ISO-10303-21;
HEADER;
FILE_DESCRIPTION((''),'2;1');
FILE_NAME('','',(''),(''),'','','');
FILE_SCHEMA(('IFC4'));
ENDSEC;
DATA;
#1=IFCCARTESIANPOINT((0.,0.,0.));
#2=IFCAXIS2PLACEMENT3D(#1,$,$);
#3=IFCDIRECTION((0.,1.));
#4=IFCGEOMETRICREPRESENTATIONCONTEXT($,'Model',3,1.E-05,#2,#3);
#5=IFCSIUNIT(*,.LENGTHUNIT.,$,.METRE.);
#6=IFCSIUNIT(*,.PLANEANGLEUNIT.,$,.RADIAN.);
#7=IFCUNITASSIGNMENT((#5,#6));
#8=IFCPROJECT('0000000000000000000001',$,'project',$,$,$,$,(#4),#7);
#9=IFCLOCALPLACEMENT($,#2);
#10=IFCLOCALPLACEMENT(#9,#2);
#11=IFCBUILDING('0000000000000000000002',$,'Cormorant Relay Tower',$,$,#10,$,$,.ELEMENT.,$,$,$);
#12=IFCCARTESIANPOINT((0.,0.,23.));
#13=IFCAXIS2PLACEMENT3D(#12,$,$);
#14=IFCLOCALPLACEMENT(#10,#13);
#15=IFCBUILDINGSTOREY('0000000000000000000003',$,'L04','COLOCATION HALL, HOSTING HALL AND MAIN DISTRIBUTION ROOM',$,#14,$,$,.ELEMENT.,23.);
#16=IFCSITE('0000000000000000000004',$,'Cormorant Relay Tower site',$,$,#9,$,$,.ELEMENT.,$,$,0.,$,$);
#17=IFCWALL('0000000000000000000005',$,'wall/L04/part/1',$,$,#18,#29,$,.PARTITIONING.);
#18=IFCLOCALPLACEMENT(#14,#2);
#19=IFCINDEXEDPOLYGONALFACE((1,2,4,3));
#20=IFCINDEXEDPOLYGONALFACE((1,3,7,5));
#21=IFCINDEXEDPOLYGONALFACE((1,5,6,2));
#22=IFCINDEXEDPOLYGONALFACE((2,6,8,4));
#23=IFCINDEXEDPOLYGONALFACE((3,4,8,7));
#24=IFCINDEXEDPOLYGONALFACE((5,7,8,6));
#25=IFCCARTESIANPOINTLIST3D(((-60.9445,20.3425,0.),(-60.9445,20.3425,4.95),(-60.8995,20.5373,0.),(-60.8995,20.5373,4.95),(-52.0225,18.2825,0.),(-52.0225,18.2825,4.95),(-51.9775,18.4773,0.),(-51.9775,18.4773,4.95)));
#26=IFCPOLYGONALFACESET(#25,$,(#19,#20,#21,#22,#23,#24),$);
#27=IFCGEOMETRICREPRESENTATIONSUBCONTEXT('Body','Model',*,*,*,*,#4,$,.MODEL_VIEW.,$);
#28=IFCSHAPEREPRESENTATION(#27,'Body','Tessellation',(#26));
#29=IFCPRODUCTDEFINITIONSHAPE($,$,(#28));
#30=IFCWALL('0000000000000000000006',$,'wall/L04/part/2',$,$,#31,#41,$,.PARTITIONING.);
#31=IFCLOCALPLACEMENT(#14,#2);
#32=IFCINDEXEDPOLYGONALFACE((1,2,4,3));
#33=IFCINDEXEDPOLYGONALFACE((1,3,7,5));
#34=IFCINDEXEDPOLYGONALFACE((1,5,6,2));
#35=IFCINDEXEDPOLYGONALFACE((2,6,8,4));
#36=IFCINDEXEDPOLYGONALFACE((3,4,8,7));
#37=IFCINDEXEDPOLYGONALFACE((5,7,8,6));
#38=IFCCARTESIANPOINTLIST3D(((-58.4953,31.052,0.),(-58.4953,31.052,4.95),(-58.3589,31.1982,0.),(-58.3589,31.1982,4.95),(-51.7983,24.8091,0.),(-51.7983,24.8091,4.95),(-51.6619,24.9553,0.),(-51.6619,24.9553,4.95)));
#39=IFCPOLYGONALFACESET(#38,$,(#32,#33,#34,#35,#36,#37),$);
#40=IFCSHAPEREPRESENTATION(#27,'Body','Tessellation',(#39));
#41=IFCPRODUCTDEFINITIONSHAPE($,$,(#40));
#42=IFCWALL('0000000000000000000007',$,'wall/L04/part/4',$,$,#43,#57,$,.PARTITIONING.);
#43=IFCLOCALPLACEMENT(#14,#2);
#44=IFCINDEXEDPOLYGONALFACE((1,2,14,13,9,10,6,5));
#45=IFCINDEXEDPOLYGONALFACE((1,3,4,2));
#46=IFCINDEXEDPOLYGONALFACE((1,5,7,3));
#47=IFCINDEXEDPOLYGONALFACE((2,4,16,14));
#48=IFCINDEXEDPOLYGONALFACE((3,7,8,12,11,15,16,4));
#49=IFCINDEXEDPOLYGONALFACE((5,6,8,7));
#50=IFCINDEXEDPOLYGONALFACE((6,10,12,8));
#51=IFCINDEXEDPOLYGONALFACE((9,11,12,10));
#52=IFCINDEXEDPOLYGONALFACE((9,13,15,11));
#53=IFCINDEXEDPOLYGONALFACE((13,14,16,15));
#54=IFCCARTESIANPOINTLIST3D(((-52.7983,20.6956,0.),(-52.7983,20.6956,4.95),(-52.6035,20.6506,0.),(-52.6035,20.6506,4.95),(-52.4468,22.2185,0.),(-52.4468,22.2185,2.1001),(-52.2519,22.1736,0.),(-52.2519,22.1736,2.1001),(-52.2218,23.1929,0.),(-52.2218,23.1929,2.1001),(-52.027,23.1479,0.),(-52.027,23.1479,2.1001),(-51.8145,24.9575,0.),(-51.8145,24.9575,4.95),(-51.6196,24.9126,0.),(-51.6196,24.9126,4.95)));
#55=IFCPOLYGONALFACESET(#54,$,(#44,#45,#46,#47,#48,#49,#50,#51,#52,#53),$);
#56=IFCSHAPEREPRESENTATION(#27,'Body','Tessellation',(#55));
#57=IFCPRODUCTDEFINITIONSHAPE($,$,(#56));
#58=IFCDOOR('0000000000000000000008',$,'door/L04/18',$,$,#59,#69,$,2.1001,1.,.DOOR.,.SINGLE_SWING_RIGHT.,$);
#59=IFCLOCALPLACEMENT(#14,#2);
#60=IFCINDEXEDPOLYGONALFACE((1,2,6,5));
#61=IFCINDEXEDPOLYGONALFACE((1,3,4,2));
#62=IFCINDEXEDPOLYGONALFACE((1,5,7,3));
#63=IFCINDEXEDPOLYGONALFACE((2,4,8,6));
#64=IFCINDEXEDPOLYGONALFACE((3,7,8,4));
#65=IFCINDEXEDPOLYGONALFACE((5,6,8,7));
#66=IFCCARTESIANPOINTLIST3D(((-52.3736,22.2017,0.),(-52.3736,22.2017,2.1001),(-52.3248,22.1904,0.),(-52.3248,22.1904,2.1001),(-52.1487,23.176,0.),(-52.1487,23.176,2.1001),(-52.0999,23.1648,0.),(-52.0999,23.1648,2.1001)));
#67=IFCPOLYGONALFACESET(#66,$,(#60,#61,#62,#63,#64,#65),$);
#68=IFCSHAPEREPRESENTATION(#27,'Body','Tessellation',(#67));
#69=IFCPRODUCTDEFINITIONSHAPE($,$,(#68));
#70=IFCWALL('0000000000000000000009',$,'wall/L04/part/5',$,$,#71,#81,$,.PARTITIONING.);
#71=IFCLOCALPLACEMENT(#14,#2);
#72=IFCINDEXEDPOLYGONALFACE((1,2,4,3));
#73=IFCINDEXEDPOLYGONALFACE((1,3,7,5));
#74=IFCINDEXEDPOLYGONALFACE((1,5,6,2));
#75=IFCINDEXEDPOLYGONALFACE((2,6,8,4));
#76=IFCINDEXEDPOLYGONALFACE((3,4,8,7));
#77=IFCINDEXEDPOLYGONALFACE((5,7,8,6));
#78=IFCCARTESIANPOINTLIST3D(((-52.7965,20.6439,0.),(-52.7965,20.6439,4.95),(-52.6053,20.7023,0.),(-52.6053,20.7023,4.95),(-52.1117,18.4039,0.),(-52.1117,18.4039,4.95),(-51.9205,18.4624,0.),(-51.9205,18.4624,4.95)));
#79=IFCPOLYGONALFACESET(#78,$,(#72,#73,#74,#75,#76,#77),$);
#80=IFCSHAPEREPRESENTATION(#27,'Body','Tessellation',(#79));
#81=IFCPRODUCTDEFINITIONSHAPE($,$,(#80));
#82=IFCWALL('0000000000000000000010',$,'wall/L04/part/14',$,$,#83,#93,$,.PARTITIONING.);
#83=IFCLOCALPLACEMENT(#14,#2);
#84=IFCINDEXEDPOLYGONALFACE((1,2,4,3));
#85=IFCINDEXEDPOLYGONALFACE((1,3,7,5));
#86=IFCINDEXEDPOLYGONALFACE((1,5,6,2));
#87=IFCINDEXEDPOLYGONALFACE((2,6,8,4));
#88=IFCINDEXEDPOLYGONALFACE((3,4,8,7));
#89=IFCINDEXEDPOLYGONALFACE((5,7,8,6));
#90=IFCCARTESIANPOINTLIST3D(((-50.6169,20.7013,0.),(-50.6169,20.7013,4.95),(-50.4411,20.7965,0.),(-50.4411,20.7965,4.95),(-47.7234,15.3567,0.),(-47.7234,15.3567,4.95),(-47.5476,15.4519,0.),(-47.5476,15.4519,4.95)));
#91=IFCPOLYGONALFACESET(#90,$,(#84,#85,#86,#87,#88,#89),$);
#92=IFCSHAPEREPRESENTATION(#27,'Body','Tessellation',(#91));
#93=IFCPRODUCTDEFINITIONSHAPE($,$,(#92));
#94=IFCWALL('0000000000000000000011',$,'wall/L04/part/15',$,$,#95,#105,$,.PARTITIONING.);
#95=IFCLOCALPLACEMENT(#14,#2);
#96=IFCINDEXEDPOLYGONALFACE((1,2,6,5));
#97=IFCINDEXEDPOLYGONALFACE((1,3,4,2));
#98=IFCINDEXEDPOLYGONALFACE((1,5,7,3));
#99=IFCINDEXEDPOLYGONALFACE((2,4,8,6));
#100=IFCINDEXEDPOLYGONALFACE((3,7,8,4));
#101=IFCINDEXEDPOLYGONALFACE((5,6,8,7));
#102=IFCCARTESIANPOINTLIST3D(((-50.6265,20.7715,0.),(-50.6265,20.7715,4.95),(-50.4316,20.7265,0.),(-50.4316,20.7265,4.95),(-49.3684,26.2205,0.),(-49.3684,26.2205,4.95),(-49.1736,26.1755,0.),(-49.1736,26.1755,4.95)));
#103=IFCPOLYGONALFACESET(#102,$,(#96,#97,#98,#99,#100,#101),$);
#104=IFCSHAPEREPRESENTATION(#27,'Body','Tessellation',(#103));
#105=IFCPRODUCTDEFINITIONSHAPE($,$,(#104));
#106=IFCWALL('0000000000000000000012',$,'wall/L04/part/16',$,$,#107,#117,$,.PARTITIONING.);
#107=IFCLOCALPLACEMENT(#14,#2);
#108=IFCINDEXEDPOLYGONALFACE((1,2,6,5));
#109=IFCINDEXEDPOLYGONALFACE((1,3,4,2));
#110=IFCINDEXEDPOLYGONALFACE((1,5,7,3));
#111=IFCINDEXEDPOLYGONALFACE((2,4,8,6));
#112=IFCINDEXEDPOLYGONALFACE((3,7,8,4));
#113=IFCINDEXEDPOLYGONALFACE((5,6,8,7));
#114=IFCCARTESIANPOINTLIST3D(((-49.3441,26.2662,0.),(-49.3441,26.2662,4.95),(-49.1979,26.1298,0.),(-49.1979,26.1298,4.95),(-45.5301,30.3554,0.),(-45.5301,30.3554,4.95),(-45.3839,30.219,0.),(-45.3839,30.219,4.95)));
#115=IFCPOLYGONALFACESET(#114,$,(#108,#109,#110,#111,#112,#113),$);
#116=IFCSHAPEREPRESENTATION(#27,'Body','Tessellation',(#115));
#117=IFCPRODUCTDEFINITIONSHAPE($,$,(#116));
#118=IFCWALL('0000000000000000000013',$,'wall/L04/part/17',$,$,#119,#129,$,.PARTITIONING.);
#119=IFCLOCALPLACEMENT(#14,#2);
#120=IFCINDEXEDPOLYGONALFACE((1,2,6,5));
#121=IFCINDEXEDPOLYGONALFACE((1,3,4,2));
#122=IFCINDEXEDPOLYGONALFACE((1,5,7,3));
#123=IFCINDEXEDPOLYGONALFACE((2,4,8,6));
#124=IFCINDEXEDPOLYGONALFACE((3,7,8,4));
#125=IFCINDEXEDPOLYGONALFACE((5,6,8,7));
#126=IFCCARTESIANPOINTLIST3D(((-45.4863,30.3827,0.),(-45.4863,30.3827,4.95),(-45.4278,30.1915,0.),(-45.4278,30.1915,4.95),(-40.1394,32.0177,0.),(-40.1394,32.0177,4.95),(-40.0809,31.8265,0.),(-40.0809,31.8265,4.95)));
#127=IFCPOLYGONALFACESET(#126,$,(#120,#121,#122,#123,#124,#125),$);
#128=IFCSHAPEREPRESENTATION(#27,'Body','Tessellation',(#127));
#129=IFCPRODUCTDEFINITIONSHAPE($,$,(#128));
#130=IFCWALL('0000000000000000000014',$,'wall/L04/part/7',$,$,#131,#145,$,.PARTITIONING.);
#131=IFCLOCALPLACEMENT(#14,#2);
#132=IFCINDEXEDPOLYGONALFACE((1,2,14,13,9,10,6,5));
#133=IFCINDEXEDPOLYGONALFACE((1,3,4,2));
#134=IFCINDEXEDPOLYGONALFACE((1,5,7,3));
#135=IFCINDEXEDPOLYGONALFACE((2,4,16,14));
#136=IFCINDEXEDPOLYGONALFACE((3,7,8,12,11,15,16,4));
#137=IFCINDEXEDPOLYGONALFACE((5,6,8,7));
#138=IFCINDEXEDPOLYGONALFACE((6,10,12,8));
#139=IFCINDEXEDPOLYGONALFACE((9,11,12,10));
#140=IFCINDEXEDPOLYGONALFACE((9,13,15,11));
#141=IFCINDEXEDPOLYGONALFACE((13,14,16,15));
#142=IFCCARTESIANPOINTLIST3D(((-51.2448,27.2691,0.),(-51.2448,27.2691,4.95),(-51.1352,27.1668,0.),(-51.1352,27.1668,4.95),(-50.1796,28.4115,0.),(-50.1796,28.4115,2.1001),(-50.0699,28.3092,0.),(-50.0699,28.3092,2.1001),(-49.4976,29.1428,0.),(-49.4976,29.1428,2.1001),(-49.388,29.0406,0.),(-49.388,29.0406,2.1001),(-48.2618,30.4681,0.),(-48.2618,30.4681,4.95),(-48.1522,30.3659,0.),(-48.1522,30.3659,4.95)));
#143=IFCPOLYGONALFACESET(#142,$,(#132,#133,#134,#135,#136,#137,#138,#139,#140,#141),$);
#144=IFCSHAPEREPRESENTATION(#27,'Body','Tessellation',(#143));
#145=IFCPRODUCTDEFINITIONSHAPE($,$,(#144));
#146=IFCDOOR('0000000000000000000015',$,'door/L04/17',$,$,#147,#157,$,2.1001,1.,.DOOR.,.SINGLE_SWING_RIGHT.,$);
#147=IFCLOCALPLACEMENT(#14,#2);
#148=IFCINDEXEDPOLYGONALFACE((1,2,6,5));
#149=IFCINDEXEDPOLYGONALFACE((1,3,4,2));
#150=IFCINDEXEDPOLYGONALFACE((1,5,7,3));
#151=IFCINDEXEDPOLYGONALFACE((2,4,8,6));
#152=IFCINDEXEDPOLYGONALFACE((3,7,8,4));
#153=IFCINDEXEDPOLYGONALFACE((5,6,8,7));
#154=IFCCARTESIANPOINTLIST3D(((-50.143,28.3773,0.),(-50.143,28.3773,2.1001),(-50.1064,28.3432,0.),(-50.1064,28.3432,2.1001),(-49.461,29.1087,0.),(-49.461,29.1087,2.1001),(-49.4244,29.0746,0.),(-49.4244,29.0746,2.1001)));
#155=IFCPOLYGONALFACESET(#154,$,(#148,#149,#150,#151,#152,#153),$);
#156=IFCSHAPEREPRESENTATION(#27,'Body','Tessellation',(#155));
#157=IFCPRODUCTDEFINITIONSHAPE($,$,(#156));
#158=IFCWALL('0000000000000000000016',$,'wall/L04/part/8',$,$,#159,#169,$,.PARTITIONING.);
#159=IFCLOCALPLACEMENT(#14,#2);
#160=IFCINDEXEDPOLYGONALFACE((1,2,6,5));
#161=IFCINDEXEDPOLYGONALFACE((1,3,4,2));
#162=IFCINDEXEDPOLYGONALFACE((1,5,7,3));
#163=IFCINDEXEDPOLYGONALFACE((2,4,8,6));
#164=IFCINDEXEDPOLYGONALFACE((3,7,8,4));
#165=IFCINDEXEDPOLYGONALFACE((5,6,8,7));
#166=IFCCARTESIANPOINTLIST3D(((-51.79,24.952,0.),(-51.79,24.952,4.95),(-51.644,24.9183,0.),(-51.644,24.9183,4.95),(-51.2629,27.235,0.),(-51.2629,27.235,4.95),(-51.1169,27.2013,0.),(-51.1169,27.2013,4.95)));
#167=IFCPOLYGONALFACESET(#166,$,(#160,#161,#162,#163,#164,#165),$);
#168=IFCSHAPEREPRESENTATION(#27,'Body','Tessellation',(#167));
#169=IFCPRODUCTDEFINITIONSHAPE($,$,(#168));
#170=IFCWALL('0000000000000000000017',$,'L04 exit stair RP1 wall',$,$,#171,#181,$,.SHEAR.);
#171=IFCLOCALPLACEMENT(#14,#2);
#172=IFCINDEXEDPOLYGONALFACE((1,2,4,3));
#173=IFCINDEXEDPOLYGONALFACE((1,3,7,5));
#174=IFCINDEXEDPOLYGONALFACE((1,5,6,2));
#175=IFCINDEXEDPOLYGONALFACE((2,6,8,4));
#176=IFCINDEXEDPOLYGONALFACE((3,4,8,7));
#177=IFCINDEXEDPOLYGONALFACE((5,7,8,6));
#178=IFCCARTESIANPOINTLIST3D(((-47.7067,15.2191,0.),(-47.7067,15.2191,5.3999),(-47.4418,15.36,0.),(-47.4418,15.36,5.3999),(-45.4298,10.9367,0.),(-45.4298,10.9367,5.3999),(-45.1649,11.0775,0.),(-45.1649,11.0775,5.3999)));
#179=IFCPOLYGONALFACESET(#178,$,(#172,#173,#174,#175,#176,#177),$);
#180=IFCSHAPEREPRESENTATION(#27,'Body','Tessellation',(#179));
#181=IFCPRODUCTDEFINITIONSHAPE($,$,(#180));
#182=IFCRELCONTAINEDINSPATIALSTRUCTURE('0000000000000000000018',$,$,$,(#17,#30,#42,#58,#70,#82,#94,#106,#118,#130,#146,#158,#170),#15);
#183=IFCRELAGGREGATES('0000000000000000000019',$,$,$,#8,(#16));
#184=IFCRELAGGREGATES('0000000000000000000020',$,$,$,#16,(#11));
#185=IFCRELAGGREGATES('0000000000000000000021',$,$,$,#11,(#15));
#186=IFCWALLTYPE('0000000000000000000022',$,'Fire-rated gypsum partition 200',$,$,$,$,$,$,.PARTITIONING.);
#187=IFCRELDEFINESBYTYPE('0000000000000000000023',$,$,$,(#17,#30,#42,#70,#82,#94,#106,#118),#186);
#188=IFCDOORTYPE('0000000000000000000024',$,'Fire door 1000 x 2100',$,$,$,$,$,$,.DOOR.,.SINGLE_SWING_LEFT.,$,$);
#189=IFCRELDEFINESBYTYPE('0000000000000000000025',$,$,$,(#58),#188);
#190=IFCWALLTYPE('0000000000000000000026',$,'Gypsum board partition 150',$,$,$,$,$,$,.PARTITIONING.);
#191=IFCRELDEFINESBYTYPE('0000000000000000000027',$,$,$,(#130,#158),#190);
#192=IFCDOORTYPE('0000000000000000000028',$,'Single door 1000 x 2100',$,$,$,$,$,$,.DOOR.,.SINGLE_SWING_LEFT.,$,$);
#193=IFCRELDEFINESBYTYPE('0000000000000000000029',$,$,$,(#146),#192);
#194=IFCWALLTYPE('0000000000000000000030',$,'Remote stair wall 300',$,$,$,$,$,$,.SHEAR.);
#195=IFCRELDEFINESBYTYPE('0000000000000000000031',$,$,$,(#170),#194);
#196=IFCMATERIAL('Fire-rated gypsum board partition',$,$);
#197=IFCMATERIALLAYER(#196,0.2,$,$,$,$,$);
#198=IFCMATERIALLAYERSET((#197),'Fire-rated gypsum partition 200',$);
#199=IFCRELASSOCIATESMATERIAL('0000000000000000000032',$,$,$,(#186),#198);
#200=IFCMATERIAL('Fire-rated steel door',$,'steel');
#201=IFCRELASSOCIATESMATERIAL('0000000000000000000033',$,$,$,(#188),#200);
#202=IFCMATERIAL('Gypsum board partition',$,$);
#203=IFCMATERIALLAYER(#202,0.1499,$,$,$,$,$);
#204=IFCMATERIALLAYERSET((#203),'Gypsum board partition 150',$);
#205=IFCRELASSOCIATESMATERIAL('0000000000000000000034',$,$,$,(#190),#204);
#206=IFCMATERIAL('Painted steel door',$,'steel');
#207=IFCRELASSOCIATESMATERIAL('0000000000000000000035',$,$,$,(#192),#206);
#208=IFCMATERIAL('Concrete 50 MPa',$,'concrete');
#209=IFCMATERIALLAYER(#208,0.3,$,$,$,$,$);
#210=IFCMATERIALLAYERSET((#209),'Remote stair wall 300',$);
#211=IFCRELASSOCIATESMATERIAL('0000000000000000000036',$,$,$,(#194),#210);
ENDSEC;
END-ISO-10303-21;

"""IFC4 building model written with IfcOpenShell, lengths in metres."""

from ifc_helpers import new_model, si_unit, direction, frame, frame_2d, origin, place, context, subcontext, project, spatial, rectangle, extrude, material, layer, layer_set, type_object, element, fill, save


model = new_model("IFC4")

# Units and contexts
model_context = context("Model", 3, precision=1e-05, world=origin(), true_north=direction((0.0, 1.0)))
body_context = subcontext(model_context, "Body", "Model", "MODEL_VIEW")
ifc_project = project(units=[si_unit("LENGTHUNIT", "METRE"), si_unit("PLANEANGLEUNIT", "RADIAN")], contexts=[model_context])

# Site, building, storey
site_placement = place(None, origin())
site = spatial("IfcSite", under=ifc_project, at=site_placement, Name="Cormorant Relay Tower site", CompositionType="ELEMENT", RefElevation=0.0)
building_placement = place(site_placement, origin())
building = spatial("IfcBuilding", under=site, at=building_placement, Name="Cormorant Relay Tower", CompositionType="ELEMENT")
storey_placement = place(building_placement, frame((0.0, 0.0, 23.0)))
storey = spatial("IfcBuildingStorey", under=building, at=storey_placement, Name="L04", Description="COLOCATION HALL, HOSTING HALL AND MAIN DISTRIBUTION ROOM", CompositionType="ELEMENT", Elevation=23.0)

# Walls
ifc_material_1 = material(Name="Fire-rated gypsum board partition")
ifc_layer_1 = layer(ifc_material_1, 0.2)
ifc_layer_set_1 = layer_set([ifc_layer_1], Name="Fire-rated gypsum partition 200")
wall_type_1 = type_object("IfcWallType", Name="Fire-rated gypsum partition 200", PredefinedType="PARTITIONING", material=ifc_layer_set_1)
wall_1_placement = place(storey_placement, frame((-52.0, 18.3799, 0.0), z_axis=(0.0, 0.0, 1.0), x_axis=(-0.974365, 0.224974, 0.0)))
element("IfcWall", 1, at=wall_1_placement, inside=storey, type_object=wall_type_1, Name="wall/L04/part/1", PredefinedType="PARTITIONING", context=body_context, shape_type="SweptSolid", body=[
    extrude(rectangle(XDim=9.1567, YDim=0.2, at=frame_2d((4.5784, 0.0))), origin(), (0.0, 0.0, 1.0), 4.95),
])
wall_2_placement = place(storey_placement, frame((-58.427, 31.125, 0.0), z_axis=(0.0, 0.0, 1.0), x_axis=(0.731471, -0.681873, 0.0)))
element("IfcWall", 2, at=wall_2_placement, inside=storey, type_object=wall_type_1, Name="wall/L04/part/2", PredefinedType="PARTITIONING", context=body_context, shape_type="SweptSolid", body=[
    extrude(rectangle(XDim=9.1555, YDim=0.2, at=frame_2d((4.5776, 0.0))), origin(), (0.0, 0.0, 1.0), 4.95),
])

# Wall, opening, door
wall_3_placement = place(storey_placement, frame((-51.717, 24.9351, 0.0), z_axis=(0.0, 0.0, 1.0), x_axis=(-0.224937, -0.974373, 0.0)))
wall_3 = element("IfcWall", 3, at=wall_3_placement, inside=storey, type_object=wall_type_1, Name="wall/L04/part/4", PredefinedType="PARTITIONING", context=body_context, shape_type="SweptSolid", body=[
    extrude(rectangle(XDim=4.374, YDim=0.2, at=frame_2d((2.187, 0.0))), origin(), (0.0, 0.0, 1.0), 4.95),
])
opening_1_placement = place(wall_3_placement, frame((1.811, 0.0, 0.0)))
opening_1 = element("IfcOpeningElement", 4, at=opening_1_placement, cuts=wall_3, PredefinedType="OPENING", context=body_context, shape_type="SweptSolid", body=[
    extrude(rectangle(XDim=1.0, YDim=2.1001, at=frame_2d((0.5, 1.05))), frame((0.0, 0.1099, 0.0), z_axis=(0.0, -1.0, 0.0), x_axis=(1.0, 0.0, 0.0)), (0.0, 0.0, 1.0), 0.22),
])
ifc_material_2 = material(Name="Fire-rated steel door", Category="steel")
door_type_1 = type_object("IfcDoorType", Name="Fire door 1000 x 2100", OperationType="SINGLE_SWING_LEFT", PredefinedType="DOOR", material=ifc_material_2)
door_1_placement = place(opening_1_placement, frame((1.0, 0.0, 0.0), z_axis=(0.0, 0.0, 1.0), x_axis=(-1.0, 0.0, 0.0)))
door_1 = element("IfcDoor", 5, at=door_1_placement, inside=storey, type_object=door_type_1, Name="door/L04/18", OperationType="SINGLE_SWING_RIGHT", OverallHeight=2.1001, OverallWidth=1.0, PredefinedType="DOOR", context=body_context, shape_type="SweptSolid", body=[
    extrude(rectangle(XDim=1.0, YDim=2.1001, at=frame_2d((0.5, 1.05))), frame((0.0, 0.0249, 0.0), z_axis=(0.0, -1.0, 0.0), x_axis=(1.0, 0.0, 0.0)), (0.0, 0.0, 1.0), 0.05),
])
fill(opening_1, door_1)

# Walls
wall_4_placement = place(storey_placement, frame((-52.7009, 20.6731, 0.0), z_axis=(0.0, 0.0, 1.0), x_axis=(0.292364, -0.956307, 0.0)))
element("IfcWall", 6, at=wall_4_placement, inside=storey, type_object=wall_type_1, Name="wall/L04/part/5", PredefinedType="PARTITIONING", context=body_context, shape_type="SweptSolid", body=[
    extrude(rectangle(XDim=2.3423, YDim=0.2, at=frame_2d((1.1711, 0.0))), origin(), (0.0, 0.0, 1.0), 4.95),
])
wall_5_placement = place(storey_placement, frame((-47.6355, 15.4043, 0.0), z_axis=(0.0, 0.0, 1.0), x_axis=(-0.476092, 0.879396, 0.0)))
element("IfcWall", 7, at=wall_5_placement, inside=storey, type_object=wall_type_1, Name="wall/L04/part/14", PredefinedType="PARTITIONING", context=body_context, shape_type="SweptSolid", body=[
    extrude(rectangle(XDim=6.0776, YDim=0.2, at=frame_2d((3.0388, 0.0))), origin(), (0.0, 0.0, 1.0), 4.95),
])
wall_6_placement = place(storey_placement, frame((-50.5291, 20.749, 0.0), z_axis=(0.0, 0.0, 1.0), x_axis=(0.224962, 0.974368, 0.0)))
element("IfcWall", 8, at=wall_6_placement, inside=storey, type_object=wall_type_1, Name="wall/L04/part/15", PredefinedType="PARTITIONING", context=body_context, shape_type="SweptSolid", body=[
    extrude(rectangle(XDim=5.5923, YDim=0.2, at=frame_2d((2.7961, 0.0))), origin(), (0.0, 0.0, 1.0), 4.95),
])
wall_7_placement = place(storey_placement, frame((-49.271, 26.198, 0.0), z_axis=(0.0, 0.0, 1.0), x_axis=(0.682076, 0.731282, 0.0)))
element("IfcWall", 9, at=wall_7_placement, inside=storey, type_object=wall_type_1, Name="wall/L04/part/16", PredefinedType="PARTITIONING", context=body_context, shape_type="SweptSolid", body=[
    extrude(rectangle(XDim=5.5918, YDim=0.2, at=frame_2d((2.7959, 0.0))), origin(), (0.0, 0.0, 1.0), 4.95),
])
wall_8_placement = place(storey_placement, frame((-45.457, 30.2871, 0.0), z_axis=(0.0, 0.0, 1.0), x_axis=(0.95629, 0.292419, 0.0)))
element("IfcWall", 10, at=wall_8_placement, inside=storey, type_object=wall_type_1, Name="wall/L04/part/17", PredefinedType="PARTITIONING", context=body_context, shape_type="SweptSolid", body=[
    extrude(rectangle(XDim=5.5913, YDim=0.2, at=frame_2d((2.7957, 0.0))), origin(), (0.0, 0.0, 1.0), 4.95),
])

# Wall, opening, door
ifc_material_3 = material(Name="Gypsum board partition")
ifc_layer_2 = layer(ifc_material_3, 0.1499)
ifc_layer_set_2 = layer_set([ifc_layer_2], Name="Gypsum board partition 150")
wall_type_2 = type_object("IfcWallType", Name="Gypsum board partition 150", PredefinedType="PARTITIONING", material=ifc_layer_set_2)
wall_9_placement = place(storey_placement, frame((-48.207, 30.417, 0.0), z_axis=(0.0, 0.0, 1.0), x_axis=(-0.681976, -0.731374, 0.0)))
wall_9 = element("IfcWall", 11, at=wall_9_placement, inside=storey, type_object=wall_type_2, Name="wall/L04/part/7", PredefinedType="PARTITIONING", context=body_context, shape_type="SweptSolid", body=[
    extrude(rectangle(XDim=4.374, YDim=0.1499, at=frame_2d((2.187, 0.0))), origin(), (0.0, 0.0, 1.0), 4.95),
])
opening_2_placement = place(wall_9_placement, frame((1.812, 0.0, 0.0)))
opening_2 = element("IfcOpeningElement", 12, at=opening_2_placement, cuts=wall_9, PredefinedType="OPENING", context=body_context, shape_type="SweptSolid", body=[
    extrude(rectangle(XDim=1.0, YDim=2.1001, at=frame_2d((0.5, 1.05))), frame((0.0, 0.085, 0.0), z_axis=(0.0, -1.0, 0.0), x_axis=(1.0, 0.0, 0.0)), (0.0, 0.0, 1.0), 0.1699),
])
ifc_material_4 = material(Name="Painted steel door", Category="steel")
door_type_2 = type_object("IfcDoorType", Name="Single door 1000 x 2100", OperationType="SINGLE_SWING_LEFT", PredefinedType="DOOR", material=ifc_material_4)
door_2_placement = place(opening_2_placement, frame((1.0, 0.0, 0.0), z_axis=(0.0, 0.0, 1.0), x_axis=(-1.0, 0.0, 0.0)))
door_2 = element("IfcDoor", 13, at=door_2_placement, inside=storey, type_object=door_type_2, Name="door/L04/17", OperationType="SINGLE_SWING_RIGHT", OverallHeight=2.1001, OverallWidth=1.0, PredefinedType="DOOR", context=body_context, shape_type="SweptSolid", body=[
    extrude(rectangle(XDim=1.0, YDim=2.1001, at=frame_2d((0.5, 1.05))), frame((0.0, 0.0249, 0.0), z_axis=(0.0, -1.0, 0.0), x_axis=(1.0, 0.0, 0.0)), (0.0, 0.0, 1.0), 0.05),
])
fill(opening_2, door_2)

# Walls
wall_10_placement = place(storey_placement, frame((-51.1899, 27.218, 0.0), z_axis=(0.0, 0.0, 1.0), x_axis=(-0.224966, -0.974367, 0.0)))
element("IfcWall", 14, at=wall_10_placement, inside=storey, type_object=wall_type_2, Name="wall/L04/part/8", PredefinedType="PARTITIONING", context=body_context, shape_type="SweptSolid", body=[
    extrude(rectangle(XDim=2.343, YDim=0.1499, at=frame_2d((1.1714, 0.0))), origin(), (0.0, 0.0, 1.0), 4.95),
])
ifc_material_5 = material(Name="Concrete 50 MPa", Category="concrete")
ifc_layer_3 = layer(ifc_material_5, 0.3)
ifc_layer_set_3 = layer_set([ifc_layer_3], Name="Remote stair wall 300")
wall_type_3 = type_object("IfcWallType", Name="Remote stair wall 300", PredefinedType="SHEAR", material=ifc_layer_set_3)
wall_11_placement = place(storey_placement, frame((-47.5742, 15.2896, 0.0), z_axis=(0.0, 0.0, 1.0), x_axis=(0.469443, -0.882963, 0.0)))
element("IfcWall", 15, at=wall_11_placement, inside=storey, type_object=wall_type_3, Name="L04 exit stair RP1 wall", PredefinedType="SHEAR", context=body_context, shape_type="SweptSolid", body=[
    extrude(rectangle(XDim=4.8501, YDim=0.3, at=frame_2d((2.425, 0.0))), origin(), (0.0, 0.0, 1.0), 5.3999),
])

save(model, "model.ifc")
